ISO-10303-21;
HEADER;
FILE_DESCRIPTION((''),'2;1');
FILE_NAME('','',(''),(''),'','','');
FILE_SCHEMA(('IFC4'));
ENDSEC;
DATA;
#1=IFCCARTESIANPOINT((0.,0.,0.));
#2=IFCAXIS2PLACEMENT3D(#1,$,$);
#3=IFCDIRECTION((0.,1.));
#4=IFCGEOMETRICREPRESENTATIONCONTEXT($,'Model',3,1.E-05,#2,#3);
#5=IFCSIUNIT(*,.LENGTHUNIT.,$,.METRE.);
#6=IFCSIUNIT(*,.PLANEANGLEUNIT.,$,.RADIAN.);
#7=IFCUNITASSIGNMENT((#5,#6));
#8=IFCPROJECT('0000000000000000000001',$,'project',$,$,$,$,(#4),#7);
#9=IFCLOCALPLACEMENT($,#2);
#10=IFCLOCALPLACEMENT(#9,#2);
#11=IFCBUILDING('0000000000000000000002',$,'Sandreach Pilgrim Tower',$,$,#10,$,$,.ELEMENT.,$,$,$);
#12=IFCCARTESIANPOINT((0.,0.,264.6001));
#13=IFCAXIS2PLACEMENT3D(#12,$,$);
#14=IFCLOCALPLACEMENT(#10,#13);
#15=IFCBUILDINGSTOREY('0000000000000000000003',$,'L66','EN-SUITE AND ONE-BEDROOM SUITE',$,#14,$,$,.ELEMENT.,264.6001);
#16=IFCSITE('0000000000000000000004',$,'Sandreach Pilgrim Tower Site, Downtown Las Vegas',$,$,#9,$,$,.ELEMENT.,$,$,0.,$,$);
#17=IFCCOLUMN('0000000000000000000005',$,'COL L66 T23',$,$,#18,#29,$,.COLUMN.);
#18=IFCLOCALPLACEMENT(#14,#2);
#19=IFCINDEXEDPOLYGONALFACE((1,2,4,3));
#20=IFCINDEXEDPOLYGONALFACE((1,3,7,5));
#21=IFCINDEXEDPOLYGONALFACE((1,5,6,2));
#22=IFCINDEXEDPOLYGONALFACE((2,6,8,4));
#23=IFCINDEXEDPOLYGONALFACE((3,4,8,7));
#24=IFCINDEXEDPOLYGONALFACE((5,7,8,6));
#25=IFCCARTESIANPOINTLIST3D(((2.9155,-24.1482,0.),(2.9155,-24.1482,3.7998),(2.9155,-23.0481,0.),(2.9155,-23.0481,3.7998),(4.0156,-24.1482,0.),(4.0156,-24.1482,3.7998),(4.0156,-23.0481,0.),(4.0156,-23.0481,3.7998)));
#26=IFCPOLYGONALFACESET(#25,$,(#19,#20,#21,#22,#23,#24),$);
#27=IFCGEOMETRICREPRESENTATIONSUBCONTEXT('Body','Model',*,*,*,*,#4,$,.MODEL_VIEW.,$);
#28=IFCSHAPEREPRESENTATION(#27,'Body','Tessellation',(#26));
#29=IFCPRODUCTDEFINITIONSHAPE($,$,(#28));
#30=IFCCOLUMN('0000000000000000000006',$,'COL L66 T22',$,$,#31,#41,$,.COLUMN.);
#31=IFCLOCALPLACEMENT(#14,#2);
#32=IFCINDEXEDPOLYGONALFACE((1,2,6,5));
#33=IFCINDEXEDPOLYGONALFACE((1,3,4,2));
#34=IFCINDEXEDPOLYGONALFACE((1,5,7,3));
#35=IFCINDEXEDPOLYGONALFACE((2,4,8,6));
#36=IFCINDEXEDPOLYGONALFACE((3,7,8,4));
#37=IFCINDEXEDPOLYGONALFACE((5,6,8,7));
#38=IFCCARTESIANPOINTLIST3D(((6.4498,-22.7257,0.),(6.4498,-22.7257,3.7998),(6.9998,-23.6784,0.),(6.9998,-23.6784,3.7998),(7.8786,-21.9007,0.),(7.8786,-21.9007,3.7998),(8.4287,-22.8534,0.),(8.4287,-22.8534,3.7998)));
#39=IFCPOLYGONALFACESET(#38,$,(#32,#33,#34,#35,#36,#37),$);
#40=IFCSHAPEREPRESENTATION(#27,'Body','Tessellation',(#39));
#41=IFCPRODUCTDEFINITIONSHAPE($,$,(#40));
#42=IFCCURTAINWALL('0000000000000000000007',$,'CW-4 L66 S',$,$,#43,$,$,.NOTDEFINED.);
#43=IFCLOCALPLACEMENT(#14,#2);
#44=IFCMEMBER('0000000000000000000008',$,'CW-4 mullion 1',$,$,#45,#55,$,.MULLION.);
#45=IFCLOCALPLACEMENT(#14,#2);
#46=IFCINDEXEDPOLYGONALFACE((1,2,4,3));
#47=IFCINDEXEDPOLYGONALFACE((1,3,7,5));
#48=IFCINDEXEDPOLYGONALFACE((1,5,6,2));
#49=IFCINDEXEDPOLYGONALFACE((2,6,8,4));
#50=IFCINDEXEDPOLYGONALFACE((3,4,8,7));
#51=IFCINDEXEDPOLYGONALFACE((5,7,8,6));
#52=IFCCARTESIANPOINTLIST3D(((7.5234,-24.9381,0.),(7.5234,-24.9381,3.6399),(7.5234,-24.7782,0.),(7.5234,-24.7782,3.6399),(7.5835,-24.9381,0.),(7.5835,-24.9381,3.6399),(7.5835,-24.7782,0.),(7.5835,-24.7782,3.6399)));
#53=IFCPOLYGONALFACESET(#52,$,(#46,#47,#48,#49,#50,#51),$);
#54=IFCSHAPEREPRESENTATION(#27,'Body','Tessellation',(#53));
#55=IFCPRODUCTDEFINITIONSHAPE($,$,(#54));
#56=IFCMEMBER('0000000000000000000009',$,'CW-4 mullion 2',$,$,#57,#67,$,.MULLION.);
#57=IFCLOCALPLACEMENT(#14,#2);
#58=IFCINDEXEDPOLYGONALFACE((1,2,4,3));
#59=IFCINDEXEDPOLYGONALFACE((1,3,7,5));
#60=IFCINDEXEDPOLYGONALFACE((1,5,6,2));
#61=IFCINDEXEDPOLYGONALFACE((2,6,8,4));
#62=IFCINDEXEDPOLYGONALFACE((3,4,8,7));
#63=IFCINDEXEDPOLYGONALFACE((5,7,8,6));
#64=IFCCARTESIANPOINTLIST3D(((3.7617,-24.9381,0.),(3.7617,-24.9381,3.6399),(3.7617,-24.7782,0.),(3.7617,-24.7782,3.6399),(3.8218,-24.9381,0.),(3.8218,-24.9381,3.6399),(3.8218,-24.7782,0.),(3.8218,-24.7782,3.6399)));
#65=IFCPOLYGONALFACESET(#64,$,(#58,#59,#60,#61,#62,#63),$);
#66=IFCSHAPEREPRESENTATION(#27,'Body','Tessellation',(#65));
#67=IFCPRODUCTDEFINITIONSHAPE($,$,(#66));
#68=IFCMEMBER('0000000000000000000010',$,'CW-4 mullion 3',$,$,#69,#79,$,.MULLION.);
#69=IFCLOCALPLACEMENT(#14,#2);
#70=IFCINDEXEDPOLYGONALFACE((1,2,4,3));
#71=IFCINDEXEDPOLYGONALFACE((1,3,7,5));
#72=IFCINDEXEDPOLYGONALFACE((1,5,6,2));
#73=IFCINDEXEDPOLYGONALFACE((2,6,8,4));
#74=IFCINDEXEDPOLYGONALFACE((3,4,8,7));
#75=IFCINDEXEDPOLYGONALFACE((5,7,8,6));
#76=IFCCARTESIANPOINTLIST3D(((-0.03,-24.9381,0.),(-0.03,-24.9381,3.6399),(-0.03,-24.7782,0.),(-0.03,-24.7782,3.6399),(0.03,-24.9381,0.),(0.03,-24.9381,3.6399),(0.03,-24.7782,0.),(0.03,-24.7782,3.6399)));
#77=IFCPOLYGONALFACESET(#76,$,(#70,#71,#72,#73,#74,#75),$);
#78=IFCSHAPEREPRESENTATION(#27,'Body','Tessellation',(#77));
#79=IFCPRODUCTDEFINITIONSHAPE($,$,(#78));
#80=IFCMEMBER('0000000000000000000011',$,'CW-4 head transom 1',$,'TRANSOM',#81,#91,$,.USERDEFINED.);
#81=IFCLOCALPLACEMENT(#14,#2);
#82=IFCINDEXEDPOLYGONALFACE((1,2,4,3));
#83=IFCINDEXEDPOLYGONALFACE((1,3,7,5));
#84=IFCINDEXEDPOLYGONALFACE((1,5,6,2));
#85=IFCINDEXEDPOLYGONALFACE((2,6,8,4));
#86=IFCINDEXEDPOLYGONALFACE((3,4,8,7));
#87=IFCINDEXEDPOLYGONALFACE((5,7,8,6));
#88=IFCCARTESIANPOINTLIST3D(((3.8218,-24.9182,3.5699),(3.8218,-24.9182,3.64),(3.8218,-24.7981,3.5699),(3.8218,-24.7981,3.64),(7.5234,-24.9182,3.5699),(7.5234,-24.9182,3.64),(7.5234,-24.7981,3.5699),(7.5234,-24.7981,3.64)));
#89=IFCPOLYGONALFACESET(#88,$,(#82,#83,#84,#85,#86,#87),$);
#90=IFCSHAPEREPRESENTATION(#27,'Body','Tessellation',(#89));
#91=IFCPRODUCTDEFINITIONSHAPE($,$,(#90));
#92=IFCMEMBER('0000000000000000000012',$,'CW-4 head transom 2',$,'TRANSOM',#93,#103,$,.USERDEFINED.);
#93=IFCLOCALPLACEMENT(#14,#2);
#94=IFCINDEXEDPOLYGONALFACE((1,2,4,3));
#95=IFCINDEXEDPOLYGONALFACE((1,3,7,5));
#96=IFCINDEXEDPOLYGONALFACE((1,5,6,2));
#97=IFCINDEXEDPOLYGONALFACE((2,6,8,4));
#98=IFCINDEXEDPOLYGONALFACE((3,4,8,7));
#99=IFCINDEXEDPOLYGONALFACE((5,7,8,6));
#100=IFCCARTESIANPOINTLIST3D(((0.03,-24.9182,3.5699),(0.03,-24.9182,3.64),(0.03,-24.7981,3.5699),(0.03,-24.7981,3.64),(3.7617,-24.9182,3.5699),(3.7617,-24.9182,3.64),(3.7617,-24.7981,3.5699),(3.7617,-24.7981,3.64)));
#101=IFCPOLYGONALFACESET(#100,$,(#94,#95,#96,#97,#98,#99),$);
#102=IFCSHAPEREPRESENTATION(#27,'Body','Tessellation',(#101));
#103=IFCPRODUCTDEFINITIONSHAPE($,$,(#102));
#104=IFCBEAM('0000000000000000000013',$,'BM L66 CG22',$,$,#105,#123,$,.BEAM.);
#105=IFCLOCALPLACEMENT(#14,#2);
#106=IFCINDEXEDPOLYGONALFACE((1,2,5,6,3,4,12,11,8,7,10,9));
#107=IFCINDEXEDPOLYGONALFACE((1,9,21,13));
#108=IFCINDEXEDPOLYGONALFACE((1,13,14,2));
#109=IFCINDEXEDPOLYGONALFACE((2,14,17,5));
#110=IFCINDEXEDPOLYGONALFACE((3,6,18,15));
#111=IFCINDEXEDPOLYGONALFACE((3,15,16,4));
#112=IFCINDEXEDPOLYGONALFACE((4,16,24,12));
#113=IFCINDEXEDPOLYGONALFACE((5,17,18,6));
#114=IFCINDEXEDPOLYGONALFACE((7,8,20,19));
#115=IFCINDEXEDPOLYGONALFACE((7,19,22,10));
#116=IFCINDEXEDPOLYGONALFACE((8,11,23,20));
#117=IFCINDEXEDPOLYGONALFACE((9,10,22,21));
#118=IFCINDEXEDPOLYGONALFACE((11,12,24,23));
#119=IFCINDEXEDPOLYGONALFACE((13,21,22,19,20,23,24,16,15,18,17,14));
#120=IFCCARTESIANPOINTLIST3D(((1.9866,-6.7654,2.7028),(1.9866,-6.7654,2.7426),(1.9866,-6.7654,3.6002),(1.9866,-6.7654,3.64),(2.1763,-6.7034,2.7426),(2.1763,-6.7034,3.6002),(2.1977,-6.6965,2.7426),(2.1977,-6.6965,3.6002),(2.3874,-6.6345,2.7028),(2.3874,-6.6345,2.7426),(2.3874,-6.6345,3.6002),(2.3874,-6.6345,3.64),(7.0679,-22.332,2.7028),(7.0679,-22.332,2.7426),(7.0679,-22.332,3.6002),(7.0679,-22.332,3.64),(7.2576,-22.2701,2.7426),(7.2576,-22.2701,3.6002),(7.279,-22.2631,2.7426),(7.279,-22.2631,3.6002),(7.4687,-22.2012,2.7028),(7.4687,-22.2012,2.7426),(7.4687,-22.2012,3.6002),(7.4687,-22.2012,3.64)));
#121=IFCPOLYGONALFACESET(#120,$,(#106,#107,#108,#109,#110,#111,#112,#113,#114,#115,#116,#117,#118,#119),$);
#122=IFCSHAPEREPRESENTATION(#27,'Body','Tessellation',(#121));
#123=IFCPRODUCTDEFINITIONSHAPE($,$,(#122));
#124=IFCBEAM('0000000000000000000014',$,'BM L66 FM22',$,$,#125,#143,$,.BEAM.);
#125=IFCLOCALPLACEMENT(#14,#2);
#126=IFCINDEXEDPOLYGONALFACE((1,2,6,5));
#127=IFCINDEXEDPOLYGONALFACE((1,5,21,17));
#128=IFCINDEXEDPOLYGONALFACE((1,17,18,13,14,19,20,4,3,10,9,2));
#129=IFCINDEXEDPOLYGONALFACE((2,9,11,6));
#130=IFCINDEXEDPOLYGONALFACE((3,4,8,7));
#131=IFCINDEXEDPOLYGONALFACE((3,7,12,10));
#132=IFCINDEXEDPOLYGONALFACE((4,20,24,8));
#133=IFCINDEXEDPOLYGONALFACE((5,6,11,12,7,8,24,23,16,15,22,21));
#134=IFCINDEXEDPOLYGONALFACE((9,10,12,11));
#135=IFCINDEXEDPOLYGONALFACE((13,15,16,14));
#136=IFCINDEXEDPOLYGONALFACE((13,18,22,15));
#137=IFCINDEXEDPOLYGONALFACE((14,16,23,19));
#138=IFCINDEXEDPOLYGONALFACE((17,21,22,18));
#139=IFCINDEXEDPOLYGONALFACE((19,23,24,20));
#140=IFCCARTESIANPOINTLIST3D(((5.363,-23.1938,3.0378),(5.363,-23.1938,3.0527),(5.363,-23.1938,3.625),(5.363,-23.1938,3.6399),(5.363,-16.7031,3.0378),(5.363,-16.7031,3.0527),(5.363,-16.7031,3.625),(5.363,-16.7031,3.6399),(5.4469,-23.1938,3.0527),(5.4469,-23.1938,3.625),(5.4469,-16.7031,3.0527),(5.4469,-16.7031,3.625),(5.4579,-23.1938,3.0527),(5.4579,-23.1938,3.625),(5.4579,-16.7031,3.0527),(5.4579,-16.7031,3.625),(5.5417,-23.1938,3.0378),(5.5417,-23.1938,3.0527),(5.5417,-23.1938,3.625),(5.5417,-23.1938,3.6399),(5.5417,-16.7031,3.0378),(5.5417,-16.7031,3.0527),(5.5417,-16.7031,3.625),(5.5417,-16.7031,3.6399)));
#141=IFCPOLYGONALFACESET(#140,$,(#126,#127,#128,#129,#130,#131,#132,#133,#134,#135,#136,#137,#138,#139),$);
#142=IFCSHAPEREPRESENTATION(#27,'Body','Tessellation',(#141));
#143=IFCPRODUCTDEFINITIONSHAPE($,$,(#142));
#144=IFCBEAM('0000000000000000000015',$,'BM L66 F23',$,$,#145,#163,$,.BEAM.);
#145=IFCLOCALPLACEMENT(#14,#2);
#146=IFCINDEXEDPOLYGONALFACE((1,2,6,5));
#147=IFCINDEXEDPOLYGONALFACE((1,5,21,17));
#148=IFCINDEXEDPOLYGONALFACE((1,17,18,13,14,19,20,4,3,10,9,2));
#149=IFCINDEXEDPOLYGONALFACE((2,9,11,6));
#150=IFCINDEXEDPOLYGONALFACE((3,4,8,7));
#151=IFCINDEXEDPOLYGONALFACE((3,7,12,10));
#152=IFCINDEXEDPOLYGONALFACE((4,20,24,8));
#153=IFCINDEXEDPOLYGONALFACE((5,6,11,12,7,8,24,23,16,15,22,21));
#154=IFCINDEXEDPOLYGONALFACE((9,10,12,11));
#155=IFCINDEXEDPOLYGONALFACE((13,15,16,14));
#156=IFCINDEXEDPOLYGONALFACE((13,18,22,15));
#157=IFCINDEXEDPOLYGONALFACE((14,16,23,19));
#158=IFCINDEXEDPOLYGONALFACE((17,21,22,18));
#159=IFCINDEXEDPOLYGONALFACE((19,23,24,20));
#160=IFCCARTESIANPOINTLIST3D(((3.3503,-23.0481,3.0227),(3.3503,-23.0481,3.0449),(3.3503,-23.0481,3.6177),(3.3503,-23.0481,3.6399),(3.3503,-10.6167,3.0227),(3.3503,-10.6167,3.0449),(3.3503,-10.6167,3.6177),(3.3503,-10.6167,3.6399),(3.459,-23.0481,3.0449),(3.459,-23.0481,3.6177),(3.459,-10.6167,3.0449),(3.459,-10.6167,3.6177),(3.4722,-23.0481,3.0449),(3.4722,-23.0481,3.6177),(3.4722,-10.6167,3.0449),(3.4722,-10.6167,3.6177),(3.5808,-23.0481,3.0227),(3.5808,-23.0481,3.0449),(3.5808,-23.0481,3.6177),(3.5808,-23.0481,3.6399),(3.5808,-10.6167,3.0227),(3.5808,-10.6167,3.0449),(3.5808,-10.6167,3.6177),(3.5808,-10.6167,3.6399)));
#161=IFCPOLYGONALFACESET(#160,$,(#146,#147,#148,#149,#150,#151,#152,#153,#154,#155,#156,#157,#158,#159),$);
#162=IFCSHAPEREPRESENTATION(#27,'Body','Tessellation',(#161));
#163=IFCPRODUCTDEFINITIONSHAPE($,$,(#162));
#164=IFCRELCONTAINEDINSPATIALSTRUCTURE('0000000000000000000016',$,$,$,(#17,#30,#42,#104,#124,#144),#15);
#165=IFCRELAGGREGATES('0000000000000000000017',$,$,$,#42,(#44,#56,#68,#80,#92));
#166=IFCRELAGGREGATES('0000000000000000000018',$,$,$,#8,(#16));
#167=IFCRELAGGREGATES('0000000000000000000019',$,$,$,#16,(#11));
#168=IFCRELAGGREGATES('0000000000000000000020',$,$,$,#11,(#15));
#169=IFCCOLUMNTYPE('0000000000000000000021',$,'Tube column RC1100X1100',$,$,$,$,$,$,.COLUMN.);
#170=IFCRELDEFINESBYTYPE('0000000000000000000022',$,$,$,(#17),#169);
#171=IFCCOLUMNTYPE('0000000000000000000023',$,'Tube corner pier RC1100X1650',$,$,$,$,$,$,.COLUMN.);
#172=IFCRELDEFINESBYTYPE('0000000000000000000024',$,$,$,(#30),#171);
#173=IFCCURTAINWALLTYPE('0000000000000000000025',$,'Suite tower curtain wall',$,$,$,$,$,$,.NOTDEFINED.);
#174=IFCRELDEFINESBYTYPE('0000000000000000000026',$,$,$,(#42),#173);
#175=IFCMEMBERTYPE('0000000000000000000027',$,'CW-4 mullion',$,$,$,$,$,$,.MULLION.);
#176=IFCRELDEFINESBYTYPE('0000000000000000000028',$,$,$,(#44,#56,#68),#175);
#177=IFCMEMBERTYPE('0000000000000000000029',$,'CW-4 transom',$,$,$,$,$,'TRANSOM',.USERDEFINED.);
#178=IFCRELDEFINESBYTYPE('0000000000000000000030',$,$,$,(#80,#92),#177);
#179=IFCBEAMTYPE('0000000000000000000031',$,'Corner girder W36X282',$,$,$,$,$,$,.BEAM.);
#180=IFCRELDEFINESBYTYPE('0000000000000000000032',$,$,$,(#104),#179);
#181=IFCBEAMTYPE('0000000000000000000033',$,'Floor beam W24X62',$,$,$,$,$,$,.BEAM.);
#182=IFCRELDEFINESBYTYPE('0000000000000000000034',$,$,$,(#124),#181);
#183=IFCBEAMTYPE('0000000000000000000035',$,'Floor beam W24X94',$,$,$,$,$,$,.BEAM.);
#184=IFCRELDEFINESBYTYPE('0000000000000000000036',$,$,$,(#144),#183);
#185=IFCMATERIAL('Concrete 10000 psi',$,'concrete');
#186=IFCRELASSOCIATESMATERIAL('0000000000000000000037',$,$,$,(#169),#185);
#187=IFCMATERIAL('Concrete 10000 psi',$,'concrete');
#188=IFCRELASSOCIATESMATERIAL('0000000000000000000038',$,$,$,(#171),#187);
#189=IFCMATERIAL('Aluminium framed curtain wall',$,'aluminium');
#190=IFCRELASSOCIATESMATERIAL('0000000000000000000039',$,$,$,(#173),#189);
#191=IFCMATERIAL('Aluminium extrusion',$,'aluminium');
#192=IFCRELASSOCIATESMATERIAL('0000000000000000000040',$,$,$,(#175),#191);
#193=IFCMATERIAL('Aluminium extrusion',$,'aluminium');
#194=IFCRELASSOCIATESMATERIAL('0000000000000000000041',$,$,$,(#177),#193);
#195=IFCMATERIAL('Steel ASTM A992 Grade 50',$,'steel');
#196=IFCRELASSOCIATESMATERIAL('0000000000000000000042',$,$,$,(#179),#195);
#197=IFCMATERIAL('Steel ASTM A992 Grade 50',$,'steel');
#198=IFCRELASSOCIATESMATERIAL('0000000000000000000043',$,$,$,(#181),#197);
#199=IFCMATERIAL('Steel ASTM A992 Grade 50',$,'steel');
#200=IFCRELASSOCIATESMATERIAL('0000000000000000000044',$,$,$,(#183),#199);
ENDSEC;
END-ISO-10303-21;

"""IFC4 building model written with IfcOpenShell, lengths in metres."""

from ifc_helpers import new_model, si_unit, direction, frame, origin, origin_2d, place, context, subcontext, project, spatial, rectangle, i_section, extrude, material, material_profile, profile_set, type_object, element, aggregate, save


model = new_model("IFC4")

# Units and contexts
model_context = context("Model", 3, precision=1e-05, world=origin(), true_north=direction((0.0, 1.0)))
body_context = subcontext(model_context, "Body", "Model", "MODEL_VIEW")
ifc_project = project(units=[si_unit("LENGTHUNIT", "METRE"), si_unit("PLANEANGLEUNIT", "RADIAN")], contexts=[model_context])

# Site, building, storey
site_placement = place(None, origin())
site = spatial("IfcSite", under=ifc_project, at=site_placement, Name="Sandreach Pilgrim Tower Site, Downtown Las Vegas", CompositionType="ELEMENT", RefElevation=0.0)
building_placement = place(site_placement, origin())
building = spatial("IfcBuilding", under=site, at=building_placement, Name="Sandreach Pilgrim Tower", CompositionType="ELEMENT")
storey_placement = place(building_placement, frame((0.0, 0.0, 264.6001)))
storey = spatial("IfcBuildingStorey", under=building, at=storey_placement, Name="L66", Description="EN-SUITE AND ONE-BEDROOM SUITE", CompositionType="ELEMENT", Elevation=264.6001)

# Columns
ifc_material_1 = material(Name="Concrete 10000 psi", Category="concrete")
ifc_material_profile_1 = material_profile(ifc_material_1, rectangle(XDim=1.1001, YDim=1.1001, at=origin_2d()), Name="RC1100X1100")
ifc_profile_set_1 = profile_set([ifc_material_profile_1], Name="Concrete 10000 psi")
column_type_1 = type_object("IfcColumnType", Name="Tube column RC1100X1100", PredefinedType="COLUMN", material=ifc_profile_set_1)
column_1_placement = place(storey_placement, frame((3.4656, -23.5981, 0.0), z_axis=(0.0, 0.0, 1.0), x_axis=(0.0, -1.0, 0.0)))
element("IfcColumn", 1, at=column_1_placement, inside=storey, type_object=column_type_1, Name="COL L66 T23", PredefinedType="COLUMN", context=body_context, shape_type="SweptSolid", body=[
    extrude(rectangle(XDim=1.1001, YDim=1.1001, at=origin_2d()), origin(), (0.0, 0.0, 1.0), 3.7998),
])
ifc_material_2 = material(Name="Concrete 10000 psi", Category="concrete")
ifc_material_profile_2 = material_profile(ifc_material_2, rectangle(XDim=1.1001, YDim=1.6499, at=origin_2d()), Name="RC1100X1650")
ifc_profile_set_2 = profile_set([ifc_material_profile_2], Name="Concrete 10000 psi")
column_type_2 = type_object("IfcColumnType", Name="Tube corner pier RC1100X1650", PredefinedType="COLUMN", material=ifc_profile_set_2)
column_2_placement = place(storey_placement, frame((7.4392, -22.7896, 0.0), z_axis=(0.0, 0.0, 1.0), x_axis=(0.5, -0.866025, 0.0)))
element("IfcColumn", 2, at=column_2_placement, inside=storey, type_object=column_type_2, Name="COL L66 T22", PredefinedType="COLUMN", context=body_context, shape_type="SweptSolid", body=[
    extrude(rectangle(XDim=1.1001, YDim=1.6499, at=origin_2d()), origin(), (0.0, 0.0, 1.0), 3.7998),
])

# Curtain wall, members
ifc_material_3 = material(Name="Aluminium framed curtain wall", Category="aluminium")
curtain_wall_type = type_object("IfcCurtainWallType", Name="Suite tower curtain wall", PredefinedType="NOTDEFINED", material=ifc_material_3)
curtain_wall_placement = place(storey_placement, origin())
curtain_wall = element("IfcCurtainWall", 3, at=curtain_wall_placement, inside=storey, type_object=curtain_wall_type, Name="CW-4 L66 S", PredefinedType="NOTDEFINED")
ifc_material_4 = material(Name="Aluminium extrusion", Category="aluminium")
ifc_material_profile_3 = material_profile(ifc_material_4, rectangle(XDim=0.0601, YDim=0.1599, at=origin_2d()), Name="CW-4M 60X160")
ifc_profile_set_3 = profile_set([ifc_material_profile_3], Name="Aluminium extrusion")
member_type_1 = type_object("IfcMemberType", Name="CW-4 mullion", PredefinedType="MULLION", material=ifc_profile_set_3)
member_1_placement = place(storey_placement, frame((7.5535, -24.8582, 0.0), z_axis=(0.0, 0.0, 1.0), x_axis=(-1.0, 0.0, 0.0)))
member_1 = element("IfcMember", 4, at=member_1_placement, type_object=member_type_1, Name="CW-4 mullion 1", PredefinedType="MULLION", context=body_context, shape_type="SweptSolid", body=[
    extrude(rectangle(XDim=0.0601, YDim=0.1599, at=origin_2d()), origin(), (0.0, 0.0, 1.0), 3.6399),
])
member_2_placement = place(storey_placement, frame((3.7917, -24.8582, 0.0), z_axis=(0.0, 0.0, 1.0), x_axis=(-1.0, 0.0, 0.0)))
member_2 = element("IfcMember", 5, at=member_2_placement, type_object=member_type_1, Name="CW-4 mullion 2", PredefinedType="MULLION", context=body_context, shape_type="SweptSolid", body=[
    extrude(rectangle(XDim=0.0601, YDim=0.1599, at=origin_2d()), origin(), (0.0, 0.0, 1.0), 3.6399),
])
member_3_placement = place(storey_placement, frame((0.0, -24.8582, 0.0), z_axis=(0.0, 0.0, 1.0), x_axis=(-1.0, 0.0, 0.0)))
member_3 = element("IfcMember", 6, at=member_3_placement, type_object=member_type_1, Name="CW-4 mullion 3", PredefinedType="MULLION", context=body_context, shape_type="SweptSolid", body=[
    extrude(rectangle(XDim=0.0601, YDim=0.1599, at=origin_2d()), origin(), (0.0, 0.0, 1.0), 3.6399),
])
ifc_material_5 = material(Name="Aluminium extrusion", Category="aluminium")
ifc_material_profile_4 = material_profile(ifc_material_5, rectangle(XDim=0.1201, YDim=0.0701, at=origin_2d()), Name="CW-4T 120X70")
ifc_profile_set_4 = profile_set([ifc_material_profile_4], Name="Aluminium extrusion")
member_type_2 = type_object("IfcMemberType", Name="CW-4 transom", ElementType="TRANSOM", PredefinedType="USERDEFINED", material=ifc_profile_set_4)
member_4_placement = place(storey_placement, frame((7.5234, -24.8582, 3.605), z_axis=(-1.0, 0.0, 0.0), x_axis=(0.0, -1.0, 0.0)))
member_4 = element("IfcMember", 7, at=member_4_placement, type_object=member_type_2, Name="CW-4 head transom 1", ObjectType="TRANSOM", PredefinedType="USERDEFINED", context=body_context, shape_type="SweptSolid", body=[
    extrude(rectangle(XDim=0.1201, YDim=0.0701, at=origin_2d()), origin(), (0.0, 0.0, 1.0), 3.7017),
])
member_5_placement = place(storey_placement, frame((3.7617, -24.8582, 3.605), z_axis=(-1.0, 0.0, 0.0), x_axis=(0.0, -1.0, 0.0)))
member_5 = element("IfcMember", 8, at=member_5_placement, type_object=member_type_2, Name="CW-4 head transom 2", ObjectType="TRANSOM", PredefinedType="USERDEFINED", context=body_context, shape_type="SweptSolid", body=[
    extrude(rectangle(XDim=0.1201, YDim=0.0701, at=origin_2d()), origin(), (0.0, 0.0, 1.0), 3.7317),
])

# Beams
ifc_material_6 = material(Name="Steel ASTM A992 Grade 50", Category="steel")
ifc_material_profile_5 = material_profile(ifc_material_6, i_section(OverallWidth=0.4216, OverallDepth=0.9373, WebThickness=0.0225, FlangeThickness=0.0398, at=origin_2d()), Name="W36X282")
ifc_profile_set_5 = profile_set([ifc_material_profile_5], Name="Steel ASTM A992 Grade 50")
beam_type_1 = type_object("IfcBeamType", Name="Corner girder W36X282", PredefinedType="BEAM", material=ifc_profile_set_5)
beam_1_placement = place(storey_placement, frame((7.2683, -22.2666, 3.1714), z_axis=(-0.310309, 0.950636, 0.0), x_axis=(-0.950636, -0.310309, 0.0)))
element("IfcBeam", 9, at=beam_1_placement, inside=storey, type_object=beam_type_1, Name="BM L66 CG22", PredefinedType="BEAM", context=body_context, shape_type="SweptSolid", body=[
    extrude(i_section(OverallWidth=0.4216, OverallDepth=0.9373, WebThickness=0.0225, FlangeThickness=0.0398, at=origin_2d()), origin(), (0.0, 0.0, 1.0), 16.375),
])
ifc_material_7 = material(Name="Steel ASTM A992 Grade 50", Category="steel")
ifc_material_profile_6 = material_profile(ifc_material_7, i_section(OverallWidth=0.1787, OverallDepth=0.6021, WebThickness=0.011, FlangeThickness=0.0149, at=origin_2d()), Name="W24X62")
ifc_profile_set_6 = profile_set([ifc_material_profile_6], Name="Steel ASTM A992 Grade 50")
beam_type_2 = type_object("IfcBeamType", Name="Floor beam W24X62", PredefinedType="BEAM", material=ifc_profile_set_6)
beam_2_placement = place(storey_placement, frame((5.4524, -23.1938, 3.3389), z_axis=(0.0, 1.0, 0.0), x_axis=(-1.0, 0.0, 0.0)))
element("IfcBeam", 10, at=beam_2_placement, inside=storey, type_object=beam_type_2, Name="BM L66 FM22", PredefinedType="BEAM", context=body_context, shape_type="SweptSolid", body=[
    extrude(i_section(OverallWidth=0.1787, OverallDepth=0.6021, WebThickness=0.011, FlangeThickness=0.0149, at=origin_2d()), origin(), (0.0, 0.0, 1.0), 6.4907),
])
ifc_material_8 = material(Name="Steel ASTM A992 Grade 50", Category="steel")
ifc_material_profile_7 = material_profile(ifc_material_8, i_section(OverallWidth=0.2305, OverallDepth=0.6172, WebThickness=0.0132, FlangeThickness=0.0222, at=origin_2d()), Name="W24X94")
ifc_profile_set_7 = profile_set([ifc_material_profile_7], Name="Steel ASTM A992 Grade 50")
beam_type_3 = type_object("IfcBeamType", Name="Floor beam W24X94", PredefinedType="BEAM", material=ifc_profile_set_7)
beam_3_placement = place(storey_placement, frame((3.4656, -23.0481, 3.3313), z_axis=(0.0, 1.0, 0.0), x_axis=(-1.0, 0.0, 0.0)))
element("IfcBeam", 11, at=beam_3_placement, inside=storey, type_object=beam_type_3, Name="BM L66 F23", PredefinedType="BEAM", context=body_context, shape_type="SweptSolid", body=[
    extrude(i_section(OverallWidth=0.2305, OverallDepth=0.6172, WebThickness=0.0132, FlangeThickness=0.0222, at=origin_2d()), origin(), (0.0, 0.0, 1.0), 12.4314),
])

aggregate(curtain_wall, [member_1, member_2, member_3, member_4, member_5])

save(model, "model.ifc")
